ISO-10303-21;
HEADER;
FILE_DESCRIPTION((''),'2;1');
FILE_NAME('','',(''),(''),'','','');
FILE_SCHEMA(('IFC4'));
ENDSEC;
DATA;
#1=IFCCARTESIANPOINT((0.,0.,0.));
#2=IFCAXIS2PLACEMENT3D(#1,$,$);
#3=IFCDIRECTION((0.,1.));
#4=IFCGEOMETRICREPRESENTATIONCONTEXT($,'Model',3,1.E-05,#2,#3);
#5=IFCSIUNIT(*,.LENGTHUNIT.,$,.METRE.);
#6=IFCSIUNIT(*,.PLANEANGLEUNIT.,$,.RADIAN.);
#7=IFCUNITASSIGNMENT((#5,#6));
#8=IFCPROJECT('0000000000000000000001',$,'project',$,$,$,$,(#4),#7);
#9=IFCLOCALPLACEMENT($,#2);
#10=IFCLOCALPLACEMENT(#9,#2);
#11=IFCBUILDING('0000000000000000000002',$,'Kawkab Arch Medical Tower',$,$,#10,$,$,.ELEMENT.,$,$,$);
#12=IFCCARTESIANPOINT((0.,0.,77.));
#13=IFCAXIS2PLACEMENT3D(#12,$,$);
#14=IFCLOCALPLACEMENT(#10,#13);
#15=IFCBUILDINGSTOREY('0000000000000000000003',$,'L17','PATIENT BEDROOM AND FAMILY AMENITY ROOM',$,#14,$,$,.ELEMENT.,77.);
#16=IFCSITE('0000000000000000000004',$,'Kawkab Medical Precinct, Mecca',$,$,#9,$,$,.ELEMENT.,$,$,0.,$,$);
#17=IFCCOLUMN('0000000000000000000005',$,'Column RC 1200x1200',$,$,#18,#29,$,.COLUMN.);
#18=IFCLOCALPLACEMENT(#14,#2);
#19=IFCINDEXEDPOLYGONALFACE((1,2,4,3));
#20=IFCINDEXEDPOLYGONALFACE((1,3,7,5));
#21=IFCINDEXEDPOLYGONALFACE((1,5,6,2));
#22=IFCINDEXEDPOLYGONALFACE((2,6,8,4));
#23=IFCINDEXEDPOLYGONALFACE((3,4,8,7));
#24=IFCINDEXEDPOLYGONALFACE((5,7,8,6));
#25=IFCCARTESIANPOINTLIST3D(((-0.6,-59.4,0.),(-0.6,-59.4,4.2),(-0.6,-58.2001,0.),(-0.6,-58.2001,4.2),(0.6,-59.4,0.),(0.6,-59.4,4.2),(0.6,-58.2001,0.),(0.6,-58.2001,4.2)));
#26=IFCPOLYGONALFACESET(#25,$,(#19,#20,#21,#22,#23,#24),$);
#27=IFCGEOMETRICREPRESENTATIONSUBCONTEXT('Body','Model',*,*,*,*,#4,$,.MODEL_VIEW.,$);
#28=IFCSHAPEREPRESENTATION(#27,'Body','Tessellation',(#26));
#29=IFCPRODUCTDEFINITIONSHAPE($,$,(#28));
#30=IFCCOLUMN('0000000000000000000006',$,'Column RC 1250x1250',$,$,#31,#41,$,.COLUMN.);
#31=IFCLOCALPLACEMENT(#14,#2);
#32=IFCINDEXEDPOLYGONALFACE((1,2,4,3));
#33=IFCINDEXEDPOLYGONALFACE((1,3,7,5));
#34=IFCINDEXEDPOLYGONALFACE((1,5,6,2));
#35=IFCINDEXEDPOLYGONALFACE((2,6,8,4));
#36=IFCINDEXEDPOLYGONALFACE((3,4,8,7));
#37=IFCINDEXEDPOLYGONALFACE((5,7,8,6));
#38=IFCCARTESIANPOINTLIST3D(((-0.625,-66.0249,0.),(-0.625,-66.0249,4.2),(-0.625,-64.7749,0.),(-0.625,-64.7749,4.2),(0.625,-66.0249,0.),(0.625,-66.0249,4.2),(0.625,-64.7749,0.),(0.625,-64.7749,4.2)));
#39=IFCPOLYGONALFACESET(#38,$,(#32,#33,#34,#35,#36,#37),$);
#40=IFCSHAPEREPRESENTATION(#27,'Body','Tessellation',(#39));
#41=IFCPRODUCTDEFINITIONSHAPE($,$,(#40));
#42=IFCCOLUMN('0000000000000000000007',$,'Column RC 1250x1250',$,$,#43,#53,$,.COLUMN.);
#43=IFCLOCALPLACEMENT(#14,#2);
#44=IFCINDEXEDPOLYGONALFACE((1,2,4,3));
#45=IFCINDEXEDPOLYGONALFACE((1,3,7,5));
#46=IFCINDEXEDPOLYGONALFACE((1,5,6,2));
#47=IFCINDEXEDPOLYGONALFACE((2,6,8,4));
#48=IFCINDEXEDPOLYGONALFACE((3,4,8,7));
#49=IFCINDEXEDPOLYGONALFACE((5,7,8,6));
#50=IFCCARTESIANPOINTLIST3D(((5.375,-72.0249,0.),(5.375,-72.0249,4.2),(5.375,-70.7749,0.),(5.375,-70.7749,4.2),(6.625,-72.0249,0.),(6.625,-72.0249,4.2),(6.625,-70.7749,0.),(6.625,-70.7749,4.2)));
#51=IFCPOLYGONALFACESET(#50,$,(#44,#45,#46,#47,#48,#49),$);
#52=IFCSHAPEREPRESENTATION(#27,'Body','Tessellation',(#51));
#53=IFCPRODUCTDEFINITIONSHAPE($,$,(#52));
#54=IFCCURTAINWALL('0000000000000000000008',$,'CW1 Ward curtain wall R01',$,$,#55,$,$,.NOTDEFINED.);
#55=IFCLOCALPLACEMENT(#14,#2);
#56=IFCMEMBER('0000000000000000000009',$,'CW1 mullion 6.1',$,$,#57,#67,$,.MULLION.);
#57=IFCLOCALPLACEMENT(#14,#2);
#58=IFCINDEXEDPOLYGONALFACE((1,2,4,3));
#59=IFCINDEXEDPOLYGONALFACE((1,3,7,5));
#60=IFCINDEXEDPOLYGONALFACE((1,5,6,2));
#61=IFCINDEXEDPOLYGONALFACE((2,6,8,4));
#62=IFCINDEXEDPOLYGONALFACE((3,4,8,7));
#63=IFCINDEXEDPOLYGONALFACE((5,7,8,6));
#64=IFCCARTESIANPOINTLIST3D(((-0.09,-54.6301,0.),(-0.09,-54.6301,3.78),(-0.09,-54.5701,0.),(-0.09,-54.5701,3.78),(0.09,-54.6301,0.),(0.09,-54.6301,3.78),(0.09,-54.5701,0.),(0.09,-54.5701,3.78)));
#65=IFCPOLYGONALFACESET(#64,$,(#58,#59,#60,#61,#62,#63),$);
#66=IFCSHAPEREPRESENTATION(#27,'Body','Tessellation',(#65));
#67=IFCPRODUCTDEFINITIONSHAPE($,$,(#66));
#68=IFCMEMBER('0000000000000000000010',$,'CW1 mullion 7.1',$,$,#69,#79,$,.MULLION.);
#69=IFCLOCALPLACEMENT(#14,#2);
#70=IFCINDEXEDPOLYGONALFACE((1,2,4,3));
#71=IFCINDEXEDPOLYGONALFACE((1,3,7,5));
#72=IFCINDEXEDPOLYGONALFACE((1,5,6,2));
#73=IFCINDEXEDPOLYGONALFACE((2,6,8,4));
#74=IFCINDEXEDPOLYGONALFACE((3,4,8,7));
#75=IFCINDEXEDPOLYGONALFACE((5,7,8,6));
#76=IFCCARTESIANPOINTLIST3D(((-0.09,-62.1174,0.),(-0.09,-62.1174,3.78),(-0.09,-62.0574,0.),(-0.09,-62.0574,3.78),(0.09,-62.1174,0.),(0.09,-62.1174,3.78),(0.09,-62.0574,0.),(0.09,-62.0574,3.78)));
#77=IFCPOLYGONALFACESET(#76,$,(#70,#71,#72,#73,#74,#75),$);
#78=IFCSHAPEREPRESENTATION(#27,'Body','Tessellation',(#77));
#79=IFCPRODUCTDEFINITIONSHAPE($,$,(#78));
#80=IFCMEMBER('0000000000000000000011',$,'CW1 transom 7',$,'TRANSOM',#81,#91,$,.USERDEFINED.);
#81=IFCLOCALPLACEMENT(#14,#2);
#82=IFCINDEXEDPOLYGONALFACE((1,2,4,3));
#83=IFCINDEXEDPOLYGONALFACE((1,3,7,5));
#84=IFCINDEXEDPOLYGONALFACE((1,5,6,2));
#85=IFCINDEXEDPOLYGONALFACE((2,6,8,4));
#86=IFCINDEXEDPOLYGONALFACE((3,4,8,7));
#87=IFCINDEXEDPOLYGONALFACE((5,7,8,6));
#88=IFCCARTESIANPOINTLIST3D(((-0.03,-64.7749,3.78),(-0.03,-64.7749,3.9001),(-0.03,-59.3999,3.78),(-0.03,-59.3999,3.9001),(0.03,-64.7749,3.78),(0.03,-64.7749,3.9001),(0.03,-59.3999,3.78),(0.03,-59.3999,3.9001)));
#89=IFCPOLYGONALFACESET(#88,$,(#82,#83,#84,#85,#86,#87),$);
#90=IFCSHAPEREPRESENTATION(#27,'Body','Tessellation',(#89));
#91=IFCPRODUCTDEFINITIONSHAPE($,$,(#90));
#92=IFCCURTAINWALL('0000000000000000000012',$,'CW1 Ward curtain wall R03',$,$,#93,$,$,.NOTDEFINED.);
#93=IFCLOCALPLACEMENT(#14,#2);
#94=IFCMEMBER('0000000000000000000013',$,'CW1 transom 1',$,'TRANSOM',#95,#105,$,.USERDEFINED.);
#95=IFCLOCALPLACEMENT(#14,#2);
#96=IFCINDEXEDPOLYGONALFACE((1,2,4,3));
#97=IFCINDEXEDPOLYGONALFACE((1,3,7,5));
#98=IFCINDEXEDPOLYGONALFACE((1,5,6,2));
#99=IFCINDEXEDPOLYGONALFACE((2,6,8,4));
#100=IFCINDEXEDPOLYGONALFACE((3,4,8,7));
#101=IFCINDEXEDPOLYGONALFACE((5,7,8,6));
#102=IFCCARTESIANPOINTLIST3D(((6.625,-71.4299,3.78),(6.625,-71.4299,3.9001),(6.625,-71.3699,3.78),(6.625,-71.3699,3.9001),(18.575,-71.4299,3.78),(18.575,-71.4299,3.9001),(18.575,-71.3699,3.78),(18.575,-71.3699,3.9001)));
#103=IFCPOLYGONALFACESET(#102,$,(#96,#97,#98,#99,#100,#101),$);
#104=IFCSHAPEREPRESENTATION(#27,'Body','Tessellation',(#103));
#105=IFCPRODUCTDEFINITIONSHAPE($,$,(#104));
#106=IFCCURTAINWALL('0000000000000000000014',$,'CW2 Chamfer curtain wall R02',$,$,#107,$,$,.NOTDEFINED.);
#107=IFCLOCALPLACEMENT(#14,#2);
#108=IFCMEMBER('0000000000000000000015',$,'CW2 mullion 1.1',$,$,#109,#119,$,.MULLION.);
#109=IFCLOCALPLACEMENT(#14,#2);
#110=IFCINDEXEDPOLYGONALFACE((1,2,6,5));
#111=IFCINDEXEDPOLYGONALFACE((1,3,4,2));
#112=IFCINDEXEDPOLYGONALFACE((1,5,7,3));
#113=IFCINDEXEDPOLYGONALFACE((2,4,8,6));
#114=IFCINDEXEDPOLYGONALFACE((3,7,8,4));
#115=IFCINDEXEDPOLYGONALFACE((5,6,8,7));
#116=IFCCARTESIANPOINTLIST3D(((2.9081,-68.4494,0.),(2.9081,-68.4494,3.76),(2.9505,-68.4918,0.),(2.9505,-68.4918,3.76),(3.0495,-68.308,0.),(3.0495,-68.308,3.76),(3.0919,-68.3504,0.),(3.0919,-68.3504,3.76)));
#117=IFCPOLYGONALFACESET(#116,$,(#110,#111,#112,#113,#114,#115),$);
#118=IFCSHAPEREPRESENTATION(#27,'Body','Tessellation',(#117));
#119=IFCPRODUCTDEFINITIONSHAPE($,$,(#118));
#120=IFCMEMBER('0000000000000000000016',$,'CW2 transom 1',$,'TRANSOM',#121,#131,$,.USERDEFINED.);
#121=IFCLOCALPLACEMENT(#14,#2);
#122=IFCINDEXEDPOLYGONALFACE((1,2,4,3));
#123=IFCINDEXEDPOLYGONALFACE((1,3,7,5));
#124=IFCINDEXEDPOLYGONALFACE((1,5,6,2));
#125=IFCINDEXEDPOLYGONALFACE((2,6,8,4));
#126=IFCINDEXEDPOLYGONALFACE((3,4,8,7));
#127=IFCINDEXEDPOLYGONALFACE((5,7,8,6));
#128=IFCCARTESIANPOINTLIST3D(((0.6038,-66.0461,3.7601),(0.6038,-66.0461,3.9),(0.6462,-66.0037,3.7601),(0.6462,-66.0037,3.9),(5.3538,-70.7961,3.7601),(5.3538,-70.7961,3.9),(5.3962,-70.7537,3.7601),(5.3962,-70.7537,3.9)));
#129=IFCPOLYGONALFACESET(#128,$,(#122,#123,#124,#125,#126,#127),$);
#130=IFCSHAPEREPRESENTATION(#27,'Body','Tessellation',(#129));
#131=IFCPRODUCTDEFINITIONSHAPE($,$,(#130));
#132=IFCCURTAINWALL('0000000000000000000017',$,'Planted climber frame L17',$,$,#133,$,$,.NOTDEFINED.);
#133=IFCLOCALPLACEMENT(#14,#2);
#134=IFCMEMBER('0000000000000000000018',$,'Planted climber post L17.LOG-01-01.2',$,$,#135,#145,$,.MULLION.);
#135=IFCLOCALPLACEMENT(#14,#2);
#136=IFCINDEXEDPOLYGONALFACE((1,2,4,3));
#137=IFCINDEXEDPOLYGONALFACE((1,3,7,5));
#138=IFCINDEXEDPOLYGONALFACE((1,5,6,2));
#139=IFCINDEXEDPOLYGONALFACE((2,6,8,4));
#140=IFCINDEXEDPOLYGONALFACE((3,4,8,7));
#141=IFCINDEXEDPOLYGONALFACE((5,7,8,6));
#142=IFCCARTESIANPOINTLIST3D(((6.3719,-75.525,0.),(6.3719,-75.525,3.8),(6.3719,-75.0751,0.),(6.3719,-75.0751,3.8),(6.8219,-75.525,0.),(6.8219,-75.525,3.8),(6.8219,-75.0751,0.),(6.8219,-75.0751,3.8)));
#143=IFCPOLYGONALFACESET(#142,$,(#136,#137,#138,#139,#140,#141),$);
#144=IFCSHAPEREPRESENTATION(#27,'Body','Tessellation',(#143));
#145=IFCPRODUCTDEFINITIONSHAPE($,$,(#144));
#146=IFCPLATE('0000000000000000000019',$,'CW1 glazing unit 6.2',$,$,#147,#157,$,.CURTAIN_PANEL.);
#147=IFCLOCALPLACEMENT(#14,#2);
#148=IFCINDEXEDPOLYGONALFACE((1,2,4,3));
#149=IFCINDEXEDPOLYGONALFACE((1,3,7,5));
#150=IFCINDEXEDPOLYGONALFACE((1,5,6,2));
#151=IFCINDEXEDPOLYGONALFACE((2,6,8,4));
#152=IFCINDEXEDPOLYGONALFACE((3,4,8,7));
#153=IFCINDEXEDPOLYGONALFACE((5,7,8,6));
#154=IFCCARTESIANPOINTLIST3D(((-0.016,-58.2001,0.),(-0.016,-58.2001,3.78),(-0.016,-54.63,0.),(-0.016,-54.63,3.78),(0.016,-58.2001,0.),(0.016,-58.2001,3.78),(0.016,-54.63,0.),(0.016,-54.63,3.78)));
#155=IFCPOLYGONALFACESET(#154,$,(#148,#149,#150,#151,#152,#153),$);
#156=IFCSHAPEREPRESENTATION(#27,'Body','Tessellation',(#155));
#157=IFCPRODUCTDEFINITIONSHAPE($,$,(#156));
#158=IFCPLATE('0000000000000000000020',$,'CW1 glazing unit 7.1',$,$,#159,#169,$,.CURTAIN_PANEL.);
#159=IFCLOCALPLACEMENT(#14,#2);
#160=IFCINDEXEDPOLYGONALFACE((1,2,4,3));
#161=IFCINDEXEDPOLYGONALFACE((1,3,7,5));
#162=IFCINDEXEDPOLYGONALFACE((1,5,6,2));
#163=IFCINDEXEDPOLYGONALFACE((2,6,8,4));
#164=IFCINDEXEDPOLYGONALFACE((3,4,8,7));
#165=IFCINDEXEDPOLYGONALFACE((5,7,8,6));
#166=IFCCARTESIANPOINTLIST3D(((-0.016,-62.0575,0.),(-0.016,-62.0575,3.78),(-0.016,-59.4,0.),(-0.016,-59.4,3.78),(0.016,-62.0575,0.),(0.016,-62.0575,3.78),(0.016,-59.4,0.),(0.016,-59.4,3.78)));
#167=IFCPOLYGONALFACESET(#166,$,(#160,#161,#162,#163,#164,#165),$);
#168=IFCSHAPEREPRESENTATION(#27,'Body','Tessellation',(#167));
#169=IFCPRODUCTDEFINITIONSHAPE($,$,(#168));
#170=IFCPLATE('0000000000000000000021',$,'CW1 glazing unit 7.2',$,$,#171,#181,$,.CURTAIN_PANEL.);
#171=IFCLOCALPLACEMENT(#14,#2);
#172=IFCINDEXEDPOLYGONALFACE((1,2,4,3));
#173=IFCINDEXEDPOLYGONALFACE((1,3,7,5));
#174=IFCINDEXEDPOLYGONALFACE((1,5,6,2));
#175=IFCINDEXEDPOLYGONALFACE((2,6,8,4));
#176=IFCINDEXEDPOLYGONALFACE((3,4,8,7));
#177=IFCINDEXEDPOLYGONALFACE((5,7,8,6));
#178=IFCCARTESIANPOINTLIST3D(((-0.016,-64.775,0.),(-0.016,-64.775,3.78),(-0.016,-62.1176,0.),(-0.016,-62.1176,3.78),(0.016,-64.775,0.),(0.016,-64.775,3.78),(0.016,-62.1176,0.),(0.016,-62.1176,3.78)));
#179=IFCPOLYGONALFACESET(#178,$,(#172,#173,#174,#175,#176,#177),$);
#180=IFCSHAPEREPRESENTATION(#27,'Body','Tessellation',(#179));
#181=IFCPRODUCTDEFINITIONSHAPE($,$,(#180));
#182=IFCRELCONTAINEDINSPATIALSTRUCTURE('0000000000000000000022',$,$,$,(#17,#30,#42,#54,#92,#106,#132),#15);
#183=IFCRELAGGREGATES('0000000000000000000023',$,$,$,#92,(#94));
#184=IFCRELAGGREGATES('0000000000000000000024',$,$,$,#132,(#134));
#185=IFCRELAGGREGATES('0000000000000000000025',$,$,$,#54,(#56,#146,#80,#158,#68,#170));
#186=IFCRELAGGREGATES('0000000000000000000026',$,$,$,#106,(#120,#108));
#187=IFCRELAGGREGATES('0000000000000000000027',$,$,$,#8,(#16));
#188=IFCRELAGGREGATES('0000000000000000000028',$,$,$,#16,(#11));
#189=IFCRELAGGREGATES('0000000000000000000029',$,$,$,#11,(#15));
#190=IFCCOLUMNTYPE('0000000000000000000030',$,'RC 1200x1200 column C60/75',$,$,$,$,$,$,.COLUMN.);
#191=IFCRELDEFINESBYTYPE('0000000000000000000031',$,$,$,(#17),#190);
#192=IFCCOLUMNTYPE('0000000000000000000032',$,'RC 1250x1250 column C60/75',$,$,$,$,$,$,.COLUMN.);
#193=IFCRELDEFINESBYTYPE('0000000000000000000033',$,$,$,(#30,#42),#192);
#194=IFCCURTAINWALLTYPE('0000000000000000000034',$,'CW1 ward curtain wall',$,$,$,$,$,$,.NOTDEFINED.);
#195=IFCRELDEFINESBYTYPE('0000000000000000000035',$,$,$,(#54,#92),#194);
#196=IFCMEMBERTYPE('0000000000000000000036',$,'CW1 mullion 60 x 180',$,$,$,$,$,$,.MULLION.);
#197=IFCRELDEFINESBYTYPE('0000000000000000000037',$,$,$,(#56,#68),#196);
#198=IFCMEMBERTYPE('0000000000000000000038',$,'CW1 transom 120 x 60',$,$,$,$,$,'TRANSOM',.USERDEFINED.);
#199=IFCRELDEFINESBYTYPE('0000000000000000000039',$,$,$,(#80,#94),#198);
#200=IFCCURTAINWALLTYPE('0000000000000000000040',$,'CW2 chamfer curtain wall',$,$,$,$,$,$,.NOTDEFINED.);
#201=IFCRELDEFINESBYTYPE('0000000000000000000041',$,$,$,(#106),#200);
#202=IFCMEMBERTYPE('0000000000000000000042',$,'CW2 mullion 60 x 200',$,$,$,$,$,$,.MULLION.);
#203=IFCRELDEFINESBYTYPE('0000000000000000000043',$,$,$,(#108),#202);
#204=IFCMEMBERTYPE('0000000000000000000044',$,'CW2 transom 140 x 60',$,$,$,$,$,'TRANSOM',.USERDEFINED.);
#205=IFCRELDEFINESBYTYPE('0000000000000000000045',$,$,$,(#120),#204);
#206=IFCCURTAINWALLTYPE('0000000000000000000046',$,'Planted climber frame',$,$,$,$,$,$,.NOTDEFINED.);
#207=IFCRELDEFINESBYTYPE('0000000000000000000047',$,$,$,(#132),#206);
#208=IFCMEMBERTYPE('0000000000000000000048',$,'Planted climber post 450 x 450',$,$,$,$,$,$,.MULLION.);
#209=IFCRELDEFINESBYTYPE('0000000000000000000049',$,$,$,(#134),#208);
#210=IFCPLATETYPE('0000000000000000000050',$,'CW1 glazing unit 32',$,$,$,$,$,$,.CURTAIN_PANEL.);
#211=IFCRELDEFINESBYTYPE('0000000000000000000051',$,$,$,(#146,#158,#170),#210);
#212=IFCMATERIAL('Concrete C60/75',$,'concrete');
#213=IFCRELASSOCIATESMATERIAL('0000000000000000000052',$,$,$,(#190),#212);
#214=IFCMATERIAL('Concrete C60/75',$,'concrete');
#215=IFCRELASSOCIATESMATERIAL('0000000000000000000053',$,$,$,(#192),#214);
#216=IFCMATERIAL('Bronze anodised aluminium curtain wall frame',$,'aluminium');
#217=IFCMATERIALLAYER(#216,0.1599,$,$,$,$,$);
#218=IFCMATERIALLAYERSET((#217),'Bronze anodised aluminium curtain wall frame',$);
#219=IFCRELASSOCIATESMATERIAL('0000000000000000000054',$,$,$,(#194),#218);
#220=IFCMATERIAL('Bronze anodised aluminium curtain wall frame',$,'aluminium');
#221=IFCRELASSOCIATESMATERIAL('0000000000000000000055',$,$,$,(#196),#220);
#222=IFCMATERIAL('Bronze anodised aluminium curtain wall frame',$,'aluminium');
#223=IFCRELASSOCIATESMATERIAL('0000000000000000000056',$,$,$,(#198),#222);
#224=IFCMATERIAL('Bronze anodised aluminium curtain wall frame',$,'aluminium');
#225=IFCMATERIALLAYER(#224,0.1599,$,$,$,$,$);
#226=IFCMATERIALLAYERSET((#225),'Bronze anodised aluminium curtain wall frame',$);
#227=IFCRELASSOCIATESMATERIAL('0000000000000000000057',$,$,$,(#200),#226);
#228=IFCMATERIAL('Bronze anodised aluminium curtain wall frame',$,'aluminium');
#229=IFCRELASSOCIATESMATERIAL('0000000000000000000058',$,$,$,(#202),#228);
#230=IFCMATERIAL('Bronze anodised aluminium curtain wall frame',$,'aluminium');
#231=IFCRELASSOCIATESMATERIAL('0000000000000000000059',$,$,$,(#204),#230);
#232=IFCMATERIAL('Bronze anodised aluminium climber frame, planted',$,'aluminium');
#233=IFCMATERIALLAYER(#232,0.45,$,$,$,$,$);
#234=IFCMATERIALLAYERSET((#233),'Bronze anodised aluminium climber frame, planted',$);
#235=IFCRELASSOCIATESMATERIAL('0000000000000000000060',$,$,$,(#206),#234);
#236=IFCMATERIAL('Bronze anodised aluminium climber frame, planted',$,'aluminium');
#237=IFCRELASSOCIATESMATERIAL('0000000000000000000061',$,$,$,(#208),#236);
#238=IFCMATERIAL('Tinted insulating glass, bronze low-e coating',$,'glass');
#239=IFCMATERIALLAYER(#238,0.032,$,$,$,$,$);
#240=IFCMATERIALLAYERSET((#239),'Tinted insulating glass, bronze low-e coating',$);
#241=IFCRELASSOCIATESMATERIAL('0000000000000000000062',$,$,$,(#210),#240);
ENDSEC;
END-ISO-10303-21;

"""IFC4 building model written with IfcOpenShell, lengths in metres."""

from ifc_helpers import new_model, si_unit, direction, frame, origin, origin_2d, place, context, subcontext, project, spatial, rectangle, extrude, material, layer, layer_set, material_profile, profile_set, type_object, element, aggregate, save


model = new_model("IFC4")

# Units and contexts
model_context = context("Model", 3, precision=1e-05, world=origin(), true_north=direction((0.0, 1.0)))
body_context = subcontext(model_context, "Body", "Model", "MODEL_VIEW")
ifc_project = project(units=[si_unit("LENGTHUNIT", "METRE"), si_unit("PLANEANGLEUNIT", "RADIAN")], contexts=[model_context])

# Site, building, storey
site_placement = place(None, origin())
site = spatial("IfcSite", under=ifc_project, at=site_placement, Name="Kawkab Medical Precinct, Mecca", CompositionType="ELEMENT", RefElevation=0.0)
building_placement = place(site_placement, origin())
building = spatial("IfcBuilding", under=site, at=building_placement, Name="Kawkab Arch Medical Tower", CompositionType="ELEMENT")
storey_placement = place(building_placement, frame((0.0, 0.0, 77.0)))
storey = spatial("IfcBuildingStorey", under=building, at=storey_placement, Name="L17", Description="PATIENT BEDROOM AND FAMILY AMENITY ROOM", CompositionType="ELEMENT", Elevation=77.0)

# Columns
ifc_material_1 = material(Name="Concrete C60/75", Category="concrete")
ifc_material_profile_1 = material_profile(ifc_material_1, rectangle(XDim=1.2, YDim=1.2, at=origin_2d()), Name="RC 1200x1200")
ifc_profile_set_1 = profile_set([ifc_material_profile_1], Name="Concrete C60/75")
column_type_1 = type_object("IfcColumnType", Name="RC 1200x1200 column C60/75", PredefinedType="COLUMN", material=ifc_profile_set_1)
column_placement = place(storey_placement, frame((0.0, -58.8, 0.0), z_axis=(0.0, 0.0, 1.0), x_axis=(1.0, 0.0, 0.0)))
element("IfcColumn", 1, at=column_placement, inside=storey, type_object=column_type_1, Name="Column RC 1200x1200", PredefinedType="COLUMN", context=body_context, shape_type="SweptSolid", body=[
    extrude(rectangle(XDim=1.2, YDim=1.2, at=origin_2d()), origin(), (0.0, 0.0, 1.0), 4.2),
])
ifc_material_2 = material(Name="Concrete C60/75", Category="concrete")
ifc_material_profile_2 = material_profile(ifc_material_2, rectangle(XDim=1.25, YDim=1.25, at=origin_2d()), Name="RC 1250x1250")
ifc_profile_set_2 = profile_set([ifc_material_profile_2], Name="Concrete C60/75")
column_type_2 = type_object("IfcColumnType", Name="RC 1250x1250 column C60/75", PredefinedType="COLUMN", material=ifc_profile_set_2)
for number, where, z_axis, x_axis, name in (
    (2, (0.0, -65.3999, 0.0), (0.0, 0.0, 1.0), (1.0, 0.0, 0.0), "Column RC 1250x1250"),
    (3, (6.0, -71.3999, 0.0), (0.0, 0.0, 1.0), (1.0, 0.0, 0.0), "Column RC 1250x1250"),
):
    element("IfcColumn", number, at=place(storey_placement, frame(where, z_axis=z_axis, x_axis=x_axis)), inside=storey, type_object=column_type_2, Name=name, PredefinedType="COLUMN", context=body_context, shape_type="SweptSolid", body=[
        extrude(rectangle(XDim=1.25, YDim=1.25, at=origin_2d()), origin(), (0.0, 0.0, 1.0), 4.2),
    ])

# Curtain wall, members
ifc_material_3 = material(Name="Bronze anodised aluminium curtain wall frame", Category="aluminium")
ifc_layer_1 = layer(ifc_material_3, 0.1599)
ifc_layer_set_1 = layer_set([ifc_layer_1], Name="Bronze anodised aluminium curtain wall frame")
curtain_wall_type_1 = type_object("IfcCurtainWallType", Name="CW1 ward curtain wall", PredefinedType="NOTDEFINED", material=ifc_layer_set_1)
placement = place(storey_placement, origin())
curtain_wall_1 = element("IfcCurtainWall", 4, at=placement, inside=storey, type_object=curtain_wall_type_1, Name="CW1 Ward curtain wall R01", PredefinedType="NOTDEFINED")
ifc_material_4 = material(Name="Bronze anodised aluminium curtain wall frame", Category="aluminium")
ifc_material_profile_3 = material_profile(ifc_material_4, rectangle(XDim=0.1799, YDim=0.0601, at=origin_2d()), Name="AL 60x180")
ifc_profile_set_3 = profile_set([ifc_material_profile_3], Name="Bronze anodised aluminium curtain wall frame")
member_type_1 = type_object("IfcMemberType", Name="CW1 mullion 60 x 180", PredefinedType="MULLION", material=ifc_profile_set_3)
member_1_placement = place(storey_placement, frame((0.0, -54.6001, 0.0), z_axis=(0.0, 0.0, 1.0), x_axis=(1.0, 0.0, 0.0)))
member_1 = element("IfcMember", 5, at=member_1_placement, type_object=member_type_1, Name="CW1 mullion 6.1", PredefinedType="MULLION", context=body_context, shape_type="SweptSolid", body=[
    extrude(rectangle(XDim=0.1799, YDim=0.0601, at=origin_2d()), origin(), (0.0, 0.0, 1.0), 3.78),
])
member_2_placement = place(storey_placement, frame((0.0, -62.0874, 0.0), z_axis=(0.0, 0.0, 1.0), x_axis=(1.0, 0.0, 0.0)))
member_2 = element("IfcMember", 6, at=member_2_placement, type_object=member_type_1, Name="CW1 mullion 7.1", PredefinedType="MULLION", context=body_context, shape_type="SweptSolid", body=[
    extrude(rectangle(XDim=0.1799, YDim=0.0601, at=origin_2d()), origin(), (0.0, 0.0, 1.0), 3.78),
])
ifc_material_5 = material(Name="Bronze anodised aluminium curtain wall frame", Category="aluminium")
ifc_material_profile_4 = material_profile(ifc_material_5, rectangle(XDim=0.0601, YDim=0.1201, at=origin_2d()), Name="AL 60x120")
ifc_profile_set_4 = profile_set([ifc_material_profile_4], Name="Bronze anodised aluminium curtain wall frame")
member_type_2 = type_object("IfcMemberType", Name="CW1 transom 120 x 60", ElementType="TRANSOM", PredefinedType="USERDEFINED", material=ifc_profile_set_4)
member_3_placement = place(storey_placement, frame((0.0, -59.3999, 3.8401), z_axis=(0.0, -1.0, 0.0), x_axis=(1.0, 0.0, 0.0)))
member_3 = element("IfcMember", 7, at=member_3_placement, type_object=member_type_2, Name="CW1 transom 7", ObjectType="TRANSOM", PredefinedType="USERDEFINED", context=body_context, shape_type="SweptSolid", body=[
    extrude(rectangle(XDim=0.0601, YDim=0.1201, at=origin_2d()), origin(), (0.0, 0.0, 1.0), 5.375),
])

# Curtain wall, member
curtain_wall_2 = element("IfcCurtainWall", 8, at=placement, inside=storey, type_object=curtain_wall_type_1, Name="CW1 Ward curtain wall R03", PredefinedType="NOTDEFINED")
member_4_placement = place(storey_placement, frame((6.625, -71.3999, 3.8401), z_axis=(1.0, 0.0, 0.0), x_axis=(0.0, 1.0, 0.0)))
member_4 = element("IfcMember", 9, at=member_4_placement, type_object=member_type_2, Name="CW1 transom 1", ObjectType="TRANSOM", PredefinedType="USERDEFINED", context=body_context, shape_type="SweptSolid", body=[
    extrude(rectangle(XDim=0.0601, YDim=0.1201, at=origin_2d()), origin(), (0.0, 0.0, 1.0), 11.95),
])
aggregate(curtain_wall_2, [member_4])

# Curtain wall, members
ifc_material_6 = material(Name="Bronze anodised aluminium curtain wall frame", Category="aluminium")
ifc_layer_2 = layer(ifc_material_6, 0.1599)
ifc_layer_set_2 = layer_set([ifc_layer_2], Name="Bronze anodised aluminium curtain wall frame")
curtain_wall_type_2 = type_object("IfcCurtainWallType", Name="CW2 chamfer curtain wall", PredefinedType="NOTDEFINED", material=ifc_layer_set_2)
curtain_wall_3 = element("IfcCurtainWall", 10, at=placement, inside=storey, type_object=curtain_wall_type_2, Name="CW2 Chamfer curtain wall R02", PredefinedType="NOTDEFINED")
ifc_material_7 = material(Name="Bronze anodised aluminium curtain wall frame", Category="aluminium")
ifc_material_profile_5 = material_profile(ifc_material_7, rectangle(XDim=0.2, YDim=0.0601, at=origin_2d()), Name="AL 60x200")
ifc_profile_set_5 = profile_set([ifc_material_profile_5], Name="Bronze anodised aluminium curtain wall frame")
member_type_3 = type_object("IfcMemberType", Name="CW2 mullion 60 x 200", PredefinedType="MULLION", material=ifc_profile_set_5)
member_5_placement = place(storey_placement, frame((3.0, -68.3999, 0.0), z_axis=(0.0, 0.0, 1.0), x_axis=(0.707107, 0.707107, 0.0)))
member_5 = element("IfcMember", 11, at=member_5_placement, type_object=member_type_3, Name="CW2 mullion 1.1", PredefinedType="MULLION", context=body_context, shape_type="SweptSolid", body=[
    extrude(rectangle(XDim=0.2, YDim=0.0601, at=origin_2d()), origin(), (0.0, 0.0, 1.0), 3.76),
])
ifc_material_8 = material(Name="Bronze anodised aluminium curtain wall frame", Category="aluminium")
ifc_material_profile_6 = material_profile(ifc_material_8, rectangle(XDim=0.0601, YDim=0.1399, at=origin_2d()), Name="AL 60x140")
ifc_profile_set_6 = profile_set([ifc_material_profile_6], Name="Bronze anodised aluminium curtain wall frame")
member_type_4 = type_object("IfcMemberType", Name="CW2 transom 140 x 60", ElementType="TRANSOM", PredefinedType="USERDEFINED", material=ifc_profile_set_6)
member_6_placement = place(storey_placement, frame((0.625, -66.0249, 3.8301), z_axis=(0.707107, -0.707107, 0.0), x_axis=(0.707107, 0.707107, 0.0)))
member_6 = element("IfcMember", 12, at=member_6_placement, type_object=member_type_4, Name="CW2 transom 1", ObjectType="TRANSOM", PredefinedType="USERDEFINED", context=body_context, shape_type="SweptSolid", body=[
    extrude(rectangle(XDim=0.0601, YDim=0.1399, at=origin_2d()), origin(), (0.0, 0.0, 1.0), 6.7175),
])

# Curtain wall, member
ifc_material_9 = material(Name="Bronze anodised aluminium climber frame, planted", Category="aluminium")
ifc_layer_3 = layer(ifc_material_9, 0.45)
ifc_layer_set_3 = layer_set([ifc_layer_3], Name="Bronze anodised aluminium climber frame, planted")
curtain_wall_type_3 = type_object("IfcCurtainWallType", Name="Planted climber frame", PredefinedType="NOTDEFINED", material=ifc_layer_set_3)
curtain_wall_4 = element("IfcCurtainWall", 13, at=placement, inside=storey, type_object=curtain_wall_type_3, Name="Planted climber frame L17", PredefinedType="NOTDEFINED")
ifc_material_10 = material(Name="Bronze anodised aluminium climber frame, planted", Category="aluminium")
ifc_material_profile_7 = material_profile(ifc_material_10, rectangle(XDim=0.45, YDim=0.45, at=origin_2d()), Name="Post 450x450")
ifc_profile_set_7 = profile_set([ifc_material_profile_7], Name="Bronze anodised aluminium climber frame, planted")
member_type_5 = type_object("IfcMemberType", Name="Planted climber post 450 x 450", PredefinedType="MULLION", material=ifc_profile_set_7)
member_7_placement = place(storey_placement, frame((6.5969, -75.3, 0.0), z_axis=(0.0, 0.0, 1.0), x_axis=(1.0, 0.0, 0.0)))
member_7 = element("IfcMember", 14, at=member_7_placement, type_object=member_type_5, Name="Planted climber post L17.LOG-01-01.2", PredefinedType="MULLION", context=body_context, shape_type="SweptSolid", body=[
    extrude(rectangle(XDim=0.45, YDim=0.45, at=origin_2d()), origin(), (0.0, 0.0, 1.0), 3.8),
])
aggregate(curtain_wall_4, [member_7])

# Plates
ifc_material_11 = material(Name="Tinted insulating glass, bronze low-e coating", Category="glass")
ifc_layer_4 = layer(ifc_material_11, 0.032)
ifc_layer_set_4 = layer_set([ifc_layer_4], Name="Tinted insulating glass, bronze low-e coating")
plate_type_1 = type_object("IfcPlateType", Name="CW1 glazing unit 32", PredefinedType="CURTAIN_PANEL", material=ifc_layer_set_4)
plate_1_placement = place(storey_placement, frame((0.0, -56.415, 0.0), z_axis=(0.0, 0.0, 1.0), x_axis=(0.0, -1.0, 0.0)))
plate_1 = element("IfcPlate", 15, at=plate_1_placement, type_object=plate_type_1, Name="CW1 glazing unit 6.2", PredefinedType="CURTAIN_PANEL", context=body_context, shape_type="SweptSolid", body=[
    extrude(rectangle(XDim=3.5701, YDim=0.032, at=origin_2d()), origin(), (0.0, 0.0, 1.0), 3.78),
])
plate_2_placement = place(storey_placement, frame((0.0, -60.7288, 0.0), z_axis=(0.0, 0.0, 1.0), x_axis=(0.0, -1.0, 0.0)))
plate_2 = element("IfcPlate", 16, at=plate_2_placement, type_object=plate_type_1, Name="CW1 glazing unit 7.1", PredefinedType="CURTAIN_PANEL", context=body_context, shape_type="SweptSolid", body=[
    extrude(rectangle(XDim=2.6575, YDim=0.032, at=origin_2d()), origin(), (0.0, 0.0, 1.0), 3.78),
])
plate_3_placement = place(storey_placement, frame((0.0, -63.4463, 0.0), z_axis=(0.0, 0.0, 1.0), x_axis=(0.0, -1.0, 0.0)))
plate_3 = element("IfcPlate", 17, at=plate_3_placement, type_object=plate_type_1, Name="CW1 glazing unit 7.2", PredefinedType="CURTAIN_PANEL", context=body_context, shape_type="SweptSolid", body=[
    extrude(rectangle(XDim=2.6575, YDim=0.032, at=origin_2d()), origin(), (0.0, 0.0, 1.0), 3.78),
])
aggregate(curtain_wall_1, [member_1, plate_1, member_3, plate_2, member_2, plate_3])
aggregate(curtain_wall_3, [member_6, member_5])

save(model, "model.ifc")
